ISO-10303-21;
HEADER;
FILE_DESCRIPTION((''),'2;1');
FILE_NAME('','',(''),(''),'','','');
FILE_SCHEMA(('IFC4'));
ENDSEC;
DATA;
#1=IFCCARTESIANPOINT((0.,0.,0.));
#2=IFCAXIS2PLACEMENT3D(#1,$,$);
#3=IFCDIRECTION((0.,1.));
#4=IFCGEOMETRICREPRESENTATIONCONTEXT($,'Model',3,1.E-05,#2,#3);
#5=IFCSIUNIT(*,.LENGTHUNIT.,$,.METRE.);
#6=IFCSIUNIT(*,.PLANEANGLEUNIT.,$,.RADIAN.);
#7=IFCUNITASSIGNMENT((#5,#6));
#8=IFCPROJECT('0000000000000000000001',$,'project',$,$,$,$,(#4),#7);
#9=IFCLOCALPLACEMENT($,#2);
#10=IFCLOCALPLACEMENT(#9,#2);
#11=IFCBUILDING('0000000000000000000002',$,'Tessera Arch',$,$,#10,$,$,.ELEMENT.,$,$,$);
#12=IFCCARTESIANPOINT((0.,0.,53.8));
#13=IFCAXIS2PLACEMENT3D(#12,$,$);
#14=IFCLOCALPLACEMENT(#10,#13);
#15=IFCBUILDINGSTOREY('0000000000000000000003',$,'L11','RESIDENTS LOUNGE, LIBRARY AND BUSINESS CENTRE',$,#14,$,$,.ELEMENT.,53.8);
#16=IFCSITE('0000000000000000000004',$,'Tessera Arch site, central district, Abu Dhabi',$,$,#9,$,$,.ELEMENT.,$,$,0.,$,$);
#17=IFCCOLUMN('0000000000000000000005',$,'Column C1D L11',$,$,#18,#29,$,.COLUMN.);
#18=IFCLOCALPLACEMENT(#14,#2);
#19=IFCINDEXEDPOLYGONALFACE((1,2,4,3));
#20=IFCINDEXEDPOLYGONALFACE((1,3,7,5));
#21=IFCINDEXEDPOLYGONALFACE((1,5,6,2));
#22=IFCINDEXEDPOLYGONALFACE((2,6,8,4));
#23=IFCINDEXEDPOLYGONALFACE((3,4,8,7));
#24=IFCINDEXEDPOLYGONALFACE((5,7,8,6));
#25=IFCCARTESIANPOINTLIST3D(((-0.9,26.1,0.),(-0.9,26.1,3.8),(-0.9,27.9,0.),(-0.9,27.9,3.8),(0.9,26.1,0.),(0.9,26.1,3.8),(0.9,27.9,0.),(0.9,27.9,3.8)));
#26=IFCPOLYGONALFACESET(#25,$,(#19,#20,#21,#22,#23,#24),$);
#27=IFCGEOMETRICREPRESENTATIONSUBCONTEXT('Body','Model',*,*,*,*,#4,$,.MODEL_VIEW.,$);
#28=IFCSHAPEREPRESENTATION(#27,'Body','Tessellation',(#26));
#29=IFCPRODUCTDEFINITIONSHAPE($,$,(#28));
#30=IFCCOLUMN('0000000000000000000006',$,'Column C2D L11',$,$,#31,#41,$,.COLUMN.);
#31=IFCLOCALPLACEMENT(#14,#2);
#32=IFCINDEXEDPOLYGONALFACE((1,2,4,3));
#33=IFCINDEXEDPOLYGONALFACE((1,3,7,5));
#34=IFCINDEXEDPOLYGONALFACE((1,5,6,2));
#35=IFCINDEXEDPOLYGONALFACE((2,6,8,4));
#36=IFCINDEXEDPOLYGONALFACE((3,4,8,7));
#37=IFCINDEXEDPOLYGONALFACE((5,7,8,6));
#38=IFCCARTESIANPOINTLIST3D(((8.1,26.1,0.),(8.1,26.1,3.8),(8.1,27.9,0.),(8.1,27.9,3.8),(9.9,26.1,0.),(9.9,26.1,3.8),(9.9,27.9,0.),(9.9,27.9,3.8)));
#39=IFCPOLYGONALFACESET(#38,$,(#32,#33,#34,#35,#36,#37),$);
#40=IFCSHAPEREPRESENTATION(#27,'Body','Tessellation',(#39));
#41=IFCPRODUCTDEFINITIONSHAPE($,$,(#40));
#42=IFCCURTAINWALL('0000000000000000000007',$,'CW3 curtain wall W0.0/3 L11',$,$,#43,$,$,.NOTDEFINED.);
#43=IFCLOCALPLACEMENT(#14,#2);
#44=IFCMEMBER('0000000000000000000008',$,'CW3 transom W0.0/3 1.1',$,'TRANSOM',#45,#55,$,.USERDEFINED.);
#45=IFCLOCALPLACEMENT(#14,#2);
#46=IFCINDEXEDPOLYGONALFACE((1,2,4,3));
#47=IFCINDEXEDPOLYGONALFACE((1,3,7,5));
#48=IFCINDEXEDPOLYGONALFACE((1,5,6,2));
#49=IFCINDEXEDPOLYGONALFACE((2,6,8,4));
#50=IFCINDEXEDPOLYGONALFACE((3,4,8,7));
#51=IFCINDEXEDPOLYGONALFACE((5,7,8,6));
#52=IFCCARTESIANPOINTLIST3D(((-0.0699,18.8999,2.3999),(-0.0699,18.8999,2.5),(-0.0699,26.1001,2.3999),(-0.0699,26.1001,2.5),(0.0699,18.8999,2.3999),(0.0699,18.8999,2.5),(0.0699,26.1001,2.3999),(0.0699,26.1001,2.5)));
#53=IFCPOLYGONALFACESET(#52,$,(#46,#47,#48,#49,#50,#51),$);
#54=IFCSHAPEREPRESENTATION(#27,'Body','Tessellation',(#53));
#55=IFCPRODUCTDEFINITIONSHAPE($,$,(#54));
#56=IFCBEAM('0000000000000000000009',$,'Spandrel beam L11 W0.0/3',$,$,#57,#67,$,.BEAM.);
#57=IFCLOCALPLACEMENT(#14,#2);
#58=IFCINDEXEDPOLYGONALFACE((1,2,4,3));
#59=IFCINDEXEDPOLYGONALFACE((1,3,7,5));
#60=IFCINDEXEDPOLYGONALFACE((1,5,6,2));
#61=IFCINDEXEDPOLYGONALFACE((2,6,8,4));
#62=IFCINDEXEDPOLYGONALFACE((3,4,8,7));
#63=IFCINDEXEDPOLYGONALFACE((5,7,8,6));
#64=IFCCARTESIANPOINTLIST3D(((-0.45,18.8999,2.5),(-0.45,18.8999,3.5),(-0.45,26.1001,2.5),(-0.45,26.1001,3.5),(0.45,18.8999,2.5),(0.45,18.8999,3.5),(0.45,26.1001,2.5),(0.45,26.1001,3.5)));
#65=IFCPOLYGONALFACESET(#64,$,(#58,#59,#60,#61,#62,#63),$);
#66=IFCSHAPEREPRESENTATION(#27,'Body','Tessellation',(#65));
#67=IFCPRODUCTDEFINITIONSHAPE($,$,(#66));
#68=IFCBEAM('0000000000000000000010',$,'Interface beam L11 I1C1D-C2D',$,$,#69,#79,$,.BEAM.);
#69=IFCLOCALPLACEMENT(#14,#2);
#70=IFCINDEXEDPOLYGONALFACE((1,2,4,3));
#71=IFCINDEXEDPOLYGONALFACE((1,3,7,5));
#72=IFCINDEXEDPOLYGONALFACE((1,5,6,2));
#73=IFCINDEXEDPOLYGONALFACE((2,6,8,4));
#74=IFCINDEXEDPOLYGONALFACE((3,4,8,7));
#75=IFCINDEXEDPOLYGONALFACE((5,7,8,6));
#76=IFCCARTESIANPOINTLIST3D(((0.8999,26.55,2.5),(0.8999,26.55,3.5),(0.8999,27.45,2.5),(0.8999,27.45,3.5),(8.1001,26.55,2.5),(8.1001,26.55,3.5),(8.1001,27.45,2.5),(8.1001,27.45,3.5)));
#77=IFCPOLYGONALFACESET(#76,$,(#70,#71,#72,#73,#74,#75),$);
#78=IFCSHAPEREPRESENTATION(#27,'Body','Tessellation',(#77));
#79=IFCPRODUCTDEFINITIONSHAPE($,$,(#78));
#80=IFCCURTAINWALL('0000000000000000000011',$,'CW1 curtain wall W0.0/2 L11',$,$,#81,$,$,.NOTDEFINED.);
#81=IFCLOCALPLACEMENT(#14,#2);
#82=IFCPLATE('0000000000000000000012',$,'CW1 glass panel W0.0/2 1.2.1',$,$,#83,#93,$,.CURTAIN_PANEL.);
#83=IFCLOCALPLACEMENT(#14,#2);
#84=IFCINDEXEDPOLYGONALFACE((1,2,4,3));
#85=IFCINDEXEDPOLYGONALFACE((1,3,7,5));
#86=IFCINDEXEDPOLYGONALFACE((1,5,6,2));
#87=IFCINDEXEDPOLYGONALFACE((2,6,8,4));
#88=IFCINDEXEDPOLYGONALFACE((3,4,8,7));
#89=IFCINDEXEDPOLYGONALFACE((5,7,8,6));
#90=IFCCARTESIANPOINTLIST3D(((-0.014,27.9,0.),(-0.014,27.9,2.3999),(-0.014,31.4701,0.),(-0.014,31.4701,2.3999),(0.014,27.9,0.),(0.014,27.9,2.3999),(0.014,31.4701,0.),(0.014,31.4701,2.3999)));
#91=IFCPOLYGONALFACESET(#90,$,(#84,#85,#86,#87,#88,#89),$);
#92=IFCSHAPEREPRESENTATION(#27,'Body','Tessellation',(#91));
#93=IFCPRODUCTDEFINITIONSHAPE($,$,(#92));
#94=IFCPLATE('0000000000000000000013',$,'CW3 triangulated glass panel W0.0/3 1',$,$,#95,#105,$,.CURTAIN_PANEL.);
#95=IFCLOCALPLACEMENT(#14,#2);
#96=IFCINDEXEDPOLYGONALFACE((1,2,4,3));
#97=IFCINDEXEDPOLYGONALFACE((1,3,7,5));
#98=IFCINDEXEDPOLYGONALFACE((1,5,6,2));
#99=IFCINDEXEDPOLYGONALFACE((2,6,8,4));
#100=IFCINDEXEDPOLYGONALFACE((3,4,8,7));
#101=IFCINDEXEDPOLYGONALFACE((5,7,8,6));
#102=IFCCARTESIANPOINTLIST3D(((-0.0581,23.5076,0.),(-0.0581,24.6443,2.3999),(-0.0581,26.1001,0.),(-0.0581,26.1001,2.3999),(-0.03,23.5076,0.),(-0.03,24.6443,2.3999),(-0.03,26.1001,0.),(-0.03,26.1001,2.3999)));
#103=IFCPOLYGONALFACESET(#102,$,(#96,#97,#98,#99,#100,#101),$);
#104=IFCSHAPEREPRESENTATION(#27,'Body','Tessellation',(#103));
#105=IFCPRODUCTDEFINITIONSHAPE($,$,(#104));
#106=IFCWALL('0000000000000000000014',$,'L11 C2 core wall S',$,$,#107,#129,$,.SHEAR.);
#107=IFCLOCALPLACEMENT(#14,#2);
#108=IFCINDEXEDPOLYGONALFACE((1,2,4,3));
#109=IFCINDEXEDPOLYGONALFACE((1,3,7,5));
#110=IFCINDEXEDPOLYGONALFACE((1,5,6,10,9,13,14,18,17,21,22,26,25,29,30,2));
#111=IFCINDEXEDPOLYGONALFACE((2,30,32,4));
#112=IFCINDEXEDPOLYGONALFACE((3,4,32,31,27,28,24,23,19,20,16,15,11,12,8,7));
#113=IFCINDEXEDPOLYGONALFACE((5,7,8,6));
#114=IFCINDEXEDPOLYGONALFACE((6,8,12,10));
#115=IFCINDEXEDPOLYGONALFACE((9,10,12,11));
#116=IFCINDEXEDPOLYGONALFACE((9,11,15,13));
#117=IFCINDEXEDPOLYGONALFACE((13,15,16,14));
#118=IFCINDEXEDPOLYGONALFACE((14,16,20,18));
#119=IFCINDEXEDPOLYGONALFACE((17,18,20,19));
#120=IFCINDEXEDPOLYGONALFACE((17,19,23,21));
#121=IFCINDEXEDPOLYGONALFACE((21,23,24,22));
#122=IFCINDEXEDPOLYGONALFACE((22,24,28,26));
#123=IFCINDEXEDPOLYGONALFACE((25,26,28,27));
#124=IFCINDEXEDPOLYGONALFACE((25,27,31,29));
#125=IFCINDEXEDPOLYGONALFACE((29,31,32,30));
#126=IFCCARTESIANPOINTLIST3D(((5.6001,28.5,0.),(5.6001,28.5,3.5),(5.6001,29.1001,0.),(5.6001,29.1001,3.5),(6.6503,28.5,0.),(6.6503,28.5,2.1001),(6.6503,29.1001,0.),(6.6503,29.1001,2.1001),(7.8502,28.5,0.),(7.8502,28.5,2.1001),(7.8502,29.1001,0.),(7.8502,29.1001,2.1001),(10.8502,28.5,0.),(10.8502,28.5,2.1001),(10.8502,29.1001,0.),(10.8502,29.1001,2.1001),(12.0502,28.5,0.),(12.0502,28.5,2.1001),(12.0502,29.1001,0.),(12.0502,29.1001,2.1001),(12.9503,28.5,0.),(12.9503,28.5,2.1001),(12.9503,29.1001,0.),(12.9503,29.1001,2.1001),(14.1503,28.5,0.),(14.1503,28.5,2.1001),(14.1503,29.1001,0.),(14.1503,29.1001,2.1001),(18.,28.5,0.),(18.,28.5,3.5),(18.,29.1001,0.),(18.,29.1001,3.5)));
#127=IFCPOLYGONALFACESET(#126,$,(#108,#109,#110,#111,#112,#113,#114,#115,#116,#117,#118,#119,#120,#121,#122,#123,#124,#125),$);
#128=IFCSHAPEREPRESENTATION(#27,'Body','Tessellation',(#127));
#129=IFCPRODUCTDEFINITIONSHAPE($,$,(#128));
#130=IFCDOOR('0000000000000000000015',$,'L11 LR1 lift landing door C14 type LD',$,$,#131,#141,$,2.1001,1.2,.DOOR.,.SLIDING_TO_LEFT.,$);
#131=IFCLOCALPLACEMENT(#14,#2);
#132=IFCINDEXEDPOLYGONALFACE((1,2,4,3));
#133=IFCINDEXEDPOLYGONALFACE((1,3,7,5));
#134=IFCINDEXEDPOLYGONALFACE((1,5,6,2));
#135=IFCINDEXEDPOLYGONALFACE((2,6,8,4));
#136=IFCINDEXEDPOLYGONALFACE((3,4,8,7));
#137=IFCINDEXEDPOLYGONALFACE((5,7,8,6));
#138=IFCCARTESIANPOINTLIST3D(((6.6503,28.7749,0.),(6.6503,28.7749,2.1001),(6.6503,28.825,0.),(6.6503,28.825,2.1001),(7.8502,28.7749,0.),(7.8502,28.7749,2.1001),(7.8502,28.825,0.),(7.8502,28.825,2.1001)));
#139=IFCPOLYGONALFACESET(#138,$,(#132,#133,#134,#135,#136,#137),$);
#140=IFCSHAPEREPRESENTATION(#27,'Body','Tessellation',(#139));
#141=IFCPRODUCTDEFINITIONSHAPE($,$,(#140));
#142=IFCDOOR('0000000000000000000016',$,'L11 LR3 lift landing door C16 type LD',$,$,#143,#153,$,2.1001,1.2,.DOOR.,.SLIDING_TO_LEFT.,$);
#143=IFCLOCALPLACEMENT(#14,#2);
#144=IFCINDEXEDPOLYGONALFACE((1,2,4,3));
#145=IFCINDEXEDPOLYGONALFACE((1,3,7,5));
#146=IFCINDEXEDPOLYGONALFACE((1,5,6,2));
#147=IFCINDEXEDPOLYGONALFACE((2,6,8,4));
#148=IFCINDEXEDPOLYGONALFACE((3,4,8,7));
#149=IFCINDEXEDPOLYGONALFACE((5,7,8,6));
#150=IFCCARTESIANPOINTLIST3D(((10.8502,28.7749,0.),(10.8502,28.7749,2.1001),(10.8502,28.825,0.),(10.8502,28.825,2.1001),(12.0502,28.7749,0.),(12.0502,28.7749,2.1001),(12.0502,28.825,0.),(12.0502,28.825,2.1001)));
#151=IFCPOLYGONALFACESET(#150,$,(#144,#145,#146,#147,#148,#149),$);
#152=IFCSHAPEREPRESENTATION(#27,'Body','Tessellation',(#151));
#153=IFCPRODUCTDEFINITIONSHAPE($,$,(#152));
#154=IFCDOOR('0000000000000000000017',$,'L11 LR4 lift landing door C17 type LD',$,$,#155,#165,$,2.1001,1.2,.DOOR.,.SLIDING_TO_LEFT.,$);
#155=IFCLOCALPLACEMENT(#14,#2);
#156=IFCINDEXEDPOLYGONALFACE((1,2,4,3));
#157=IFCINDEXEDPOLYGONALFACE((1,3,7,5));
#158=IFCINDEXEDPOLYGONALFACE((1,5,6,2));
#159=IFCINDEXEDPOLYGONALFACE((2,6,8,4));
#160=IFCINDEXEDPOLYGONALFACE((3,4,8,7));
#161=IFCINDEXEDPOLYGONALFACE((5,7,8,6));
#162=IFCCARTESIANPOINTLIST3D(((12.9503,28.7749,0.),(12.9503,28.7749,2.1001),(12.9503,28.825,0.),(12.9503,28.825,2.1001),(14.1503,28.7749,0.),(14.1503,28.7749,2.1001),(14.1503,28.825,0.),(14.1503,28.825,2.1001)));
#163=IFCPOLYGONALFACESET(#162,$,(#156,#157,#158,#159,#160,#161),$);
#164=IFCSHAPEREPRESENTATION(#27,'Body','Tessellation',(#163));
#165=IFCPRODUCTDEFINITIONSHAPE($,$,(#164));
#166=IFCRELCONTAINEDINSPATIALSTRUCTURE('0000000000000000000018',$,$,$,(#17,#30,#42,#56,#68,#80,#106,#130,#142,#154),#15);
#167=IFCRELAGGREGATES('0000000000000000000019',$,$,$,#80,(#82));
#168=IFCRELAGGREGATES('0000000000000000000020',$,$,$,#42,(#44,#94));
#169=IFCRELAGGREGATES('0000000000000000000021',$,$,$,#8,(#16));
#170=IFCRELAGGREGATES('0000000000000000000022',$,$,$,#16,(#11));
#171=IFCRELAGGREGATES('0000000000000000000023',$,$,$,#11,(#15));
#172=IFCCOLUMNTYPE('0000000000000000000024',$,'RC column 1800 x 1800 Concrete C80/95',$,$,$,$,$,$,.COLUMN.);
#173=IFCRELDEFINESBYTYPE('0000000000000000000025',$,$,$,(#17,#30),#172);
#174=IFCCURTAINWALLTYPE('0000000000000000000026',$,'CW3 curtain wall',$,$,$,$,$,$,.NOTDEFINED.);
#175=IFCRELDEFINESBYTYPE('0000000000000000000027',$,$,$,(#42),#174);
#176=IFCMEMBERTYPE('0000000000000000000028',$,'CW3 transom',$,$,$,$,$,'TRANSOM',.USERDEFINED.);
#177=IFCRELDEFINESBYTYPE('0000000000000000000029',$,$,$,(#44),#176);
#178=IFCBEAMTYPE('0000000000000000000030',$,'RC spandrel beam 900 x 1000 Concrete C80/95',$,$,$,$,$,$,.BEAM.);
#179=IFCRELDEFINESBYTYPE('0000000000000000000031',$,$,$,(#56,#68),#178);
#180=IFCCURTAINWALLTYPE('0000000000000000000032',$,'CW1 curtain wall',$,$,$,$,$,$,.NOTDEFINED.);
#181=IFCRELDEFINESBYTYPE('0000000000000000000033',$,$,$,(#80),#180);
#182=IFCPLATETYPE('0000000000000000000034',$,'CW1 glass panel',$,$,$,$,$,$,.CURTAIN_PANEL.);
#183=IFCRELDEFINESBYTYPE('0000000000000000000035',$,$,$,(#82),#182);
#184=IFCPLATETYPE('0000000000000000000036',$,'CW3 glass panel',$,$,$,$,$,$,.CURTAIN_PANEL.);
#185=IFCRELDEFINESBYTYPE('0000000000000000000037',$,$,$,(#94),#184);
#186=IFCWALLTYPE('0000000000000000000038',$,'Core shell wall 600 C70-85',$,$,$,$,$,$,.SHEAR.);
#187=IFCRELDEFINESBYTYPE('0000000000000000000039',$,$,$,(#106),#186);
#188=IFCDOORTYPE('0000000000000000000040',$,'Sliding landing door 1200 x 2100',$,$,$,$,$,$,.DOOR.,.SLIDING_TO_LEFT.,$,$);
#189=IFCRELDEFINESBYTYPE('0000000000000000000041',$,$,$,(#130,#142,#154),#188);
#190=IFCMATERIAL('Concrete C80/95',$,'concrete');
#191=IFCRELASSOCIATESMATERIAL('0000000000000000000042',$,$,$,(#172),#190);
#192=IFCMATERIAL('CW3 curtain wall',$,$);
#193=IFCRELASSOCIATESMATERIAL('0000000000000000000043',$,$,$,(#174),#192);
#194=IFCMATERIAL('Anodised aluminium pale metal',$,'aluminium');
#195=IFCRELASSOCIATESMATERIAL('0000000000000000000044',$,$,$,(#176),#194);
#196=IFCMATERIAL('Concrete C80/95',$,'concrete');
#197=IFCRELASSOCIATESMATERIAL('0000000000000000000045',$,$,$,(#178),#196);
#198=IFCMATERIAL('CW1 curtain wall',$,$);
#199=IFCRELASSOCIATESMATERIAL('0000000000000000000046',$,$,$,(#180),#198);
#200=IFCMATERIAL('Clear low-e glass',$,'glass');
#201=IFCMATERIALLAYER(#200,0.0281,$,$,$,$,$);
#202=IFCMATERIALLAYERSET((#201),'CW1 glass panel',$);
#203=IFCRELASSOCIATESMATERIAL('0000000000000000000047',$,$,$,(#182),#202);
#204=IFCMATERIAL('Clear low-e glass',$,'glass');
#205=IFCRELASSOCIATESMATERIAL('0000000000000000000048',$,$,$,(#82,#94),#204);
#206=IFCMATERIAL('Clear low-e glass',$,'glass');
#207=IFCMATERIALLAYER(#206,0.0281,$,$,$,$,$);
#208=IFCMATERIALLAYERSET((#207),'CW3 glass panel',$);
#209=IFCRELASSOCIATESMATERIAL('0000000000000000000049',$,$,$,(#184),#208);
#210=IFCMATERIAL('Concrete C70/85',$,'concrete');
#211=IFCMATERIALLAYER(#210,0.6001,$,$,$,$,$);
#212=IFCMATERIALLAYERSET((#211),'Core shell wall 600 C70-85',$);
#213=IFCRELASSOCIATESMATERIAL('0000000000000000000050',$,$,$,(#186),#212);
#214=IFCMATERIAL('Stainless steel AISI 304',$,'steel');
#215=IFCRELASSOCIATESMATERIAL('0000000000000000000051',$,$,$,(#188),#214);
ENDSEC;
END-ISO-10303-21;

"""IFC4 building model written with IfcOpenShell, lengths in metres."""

from ifc_helpers import new_model, si_unit, direction, frame, frame_2d, origin, origin_2d, place, context, subcontext, project, spatial, polyline, rectangle, outline, extrude, material, layer, layer_set, material_profile, profile_set, type_object, element, fill, aggregate, save


model = new_model("IFC4")

# Units and contexts
model_context = context("Model", 3, precision=1e-05, world=origin(), true_north=direction((0.0, 1.0)))
body_context = subcontext(model_context, "Body", "Model", "MODEL_VIEW")
ifc_project = project(units=[si_unit("LENGTHUNIT", "METRE"), si_unit("PLANEANGLEUNIT", "RADIAN")], contexts=[model_context])

# Site, building, storey
site_placement = place(None, origin())
site = spatial("IfcSite", under=ifc_project, at=site_placement, Name="Tessera Arch site, central district, Abu Dhabi", CompositionType="ELEMENT", RefElevation=0.0)
building_placement = place(site_placement, origin())
building = spatial("IfcBuilding", under=site, at=building_placement, Name="Tessera Arch", CompositionType="ELEMENT")
storey_placement = place(building_placement, frame((0.0, 0.0, 53.8)))
storey = spatial("IfcBuildingStorey", under=building, at=storey_placement, Name="L11", Description="RESIDENTS LOUNGE, LIBRARY AND BUSINESS CENTRE", CompositionType="ELEMENT", Elevation=53.8)

# Columns
ifc_material_1 = material(Name="Concrete C80/95", Category="concrete")
ifc_material_profile_1 = material_profile(ifc_material_1, rectangle(XDim=1.8, YDim=1.8, at=origin_2d()), Name="RC column 1800 x 1800 Concrete C80/95")
ifc_profile_set_1 = profile_set([ifc_material_profile_1], Name="Concrete C80/95")
column_type = type_object("IfcColumnType", Name="RC column 1800 x 1800 Concrete C80/95", PredefinedType="COLUMN", material=ifc_profile_set_1)
for number, where, z_axis, x_axis, name in (
    (1, (0.0, 27.0, 0.0), (0.0, 0.0, 1.0), (1.0, 0.0, 0.0), "Column C1D L11"),
    (2, (9.0, 27.0, 0.0), (0.0, 0.0, 1.0), (1.0, 0.0, 0.0), "Column C2D L11"),
):
    element("IfcColumn", number, at=place(storey_placement, frame(where, z_axis=z_axis, x_axis=x_axis)), inside=storey, type_object=column_type, Name=name, PredefinedType="COLUMN", context=body_context, shape_type="SweptSolid", body=[
        extrude(rectangle(XDim=1.8, YDim=1.8, at=origin_2d()), origin(), (0.0, 0.0, 1.0), 3.8),
    ])

# Curtain wall, member
ifc_material_2 = material(Name="CW3 curtain wall")
curtain_wall_type_1 = type_object("IfcCurtainWallType", Name="CW3 curtain wall", PredefinedType="NOTDEFINED", material=ifc_material_2)
curtain_wall_1_placement = place(storey_placement, origin())
curtain_wall_1 = element("IfcCurtainWall", 3, at=curtain_wall_1_placement, inside=storey, type_object=curtain_wall_type_1, Name="CW3 curtain wall W0.0/3 L11", PredefinedType="NOTDEFINED")
ifc_material_3 = material(Name="Anodised aluminium pale metal", Category="aluminium")
ifc_material_profile_2 = material_profile(ifc_material_3, rectangle(XDim=0.1399, YDim=0.1001, at=origin_2d()), Name="AL 140x100")
ifc_profile_set_2 = profile_set([ifc_material_profile_2], Name="Anodised aluminium pale metal")
member_type = type_object("IfcMemberType", Name="CW3 transom", ElementType="TRANSOM", PredefinedType="USERDEFINED", material=ifc_profile_set_2)
member_placement = place(storey_placement, frame((0.0, 26.1001, 2.45), z_axis=(0.0, -1.0, 0.0), x_axis=(1.0, 0.0, 0.0)))
member = element("IfcMember", 4, at=member_placement, type_object=member_type, Name="CW3 transom W0.0/3 1.1", ObjectType="TRANSOM", PredefinedType="USERDEFINED", context=body_context, shape_type="SweptSolid", body=[
    extrude(rectangle(XDim=0.1399, YDim=0.1001, at=origin_2d()), origin(), (0.0, 0.0, 1.0), 7.2002),
])

# Beams
ifc_material_4 = material(Name="Concrete C80/95", Category="concrete")
ifc_material_profile_3 = material_profile(ifc_material_4, rectangle(XDim=0.8999, YDim=1.0, at=origin_2d()), Name="RC spandrel beam 900 x 1000 Concrete C80/95")
ifc_profile_set_3 = profile_set([ifc_material_profile_3], Name="Concrete C80/95")
beam_type = type_object("IfcBeamType", Name="RC spandrel beam 900 x 1000 Concrete C80/95", PredefinedType="BEAM", material=ifc_profile_set_3)
for number, where, z_axis, x_axis, name in (
    (5, (0.0, 26.1001, 3.0), (0.0, -1.0, 0.0), (1.0, 0.0, 0.0), "Spandrel beam L11 W0.0/3"),
    (6, (0.8999, 27.0, 3.0), (1.0, 0.0, 0.0), (0.0, 1.0, 0.0), "Interface beam L11 I1C1D-C2D"),
):
    element("IfcBeam", number, at=place(storey_placement, frame(where, z_axis=z_axis, x_axis=x_axis)), inside=storey, type_object=beam_type, Name=name, PredefinedType="BEAM", context=body_context, shape_type="SweptSolid", body=[
        extrude(rectangle(XDim=0.8999, YDim=1.0, at=origin_2d()), origin(), (0.0, 0.0, 1.0), 7.2002),
    ])

# Curtain wall, plate
ifc_material_5 = material(Name="CW1 curtain wall")
curtain_wall_type_2 = type_object("IfcCurtainWallType", Name="CW1 curtain wall", PredefinedType="NOTDEFINED", material=ifc_material_5)
curtain_wall_2_placement = place(storey_placement, origin())
curtain_wall_2 = element("IfcCurtainWall", 7, at=curtain_wall_2_placement, inside=storey, type_object=curtain_wall_type_2, Name="CW1 curtain wall W0.0/2 L11", PredefinedType="NOTDEFINED")
ifc_material_6 = material(Name="Clear low-e glass", Category="glass")
ifc_material_7 = material(Name="Clear low-e glass", Category="glass")
ifc_layer_1 = layer(ifc_material_7, 0.0281)
ifc_layer_set_1 = layer_set([ifc_layer_1], Name="CW1 glass panel")
plate_type_1 = type_object("IfcPlateType", Name="CW1 glass panel", PredefinedType="CURTAIN_PANEL", material=ifc_layer_set_1)
plate_1_placement = place(storey_placement, frame((0.0, 29.6851, 0.0), z_axis=(0.0, 0.0, 1.0), x_axis=(0.0, -1.0, 0.0)))
plate_1 = element("IfcPlate", 8, at=plate_1_placement, type_object=plate_type_1, material=ifc_material_6, Name="CW1 glass panel W0.0/2 1.2.1", PredefinedType="CURTAIN_PANEL", context=body_context, shape_type="SweptSolid", body=[
    extrude(rectangle(XDim=3.5701, YDim=0.0281, at=origin_2d()), origin(), (0.0, 0.0, 1.0), 2.3999),
])
aggregate(curtain_wall_2, [plate_1])

# Plate
ifc_material_8 = material(Name="Clear low-e glass", Category="glass")
ifc_layer_2 = layer(ifc_material_8, 0.0281)
ifc_layer_set_2 = layer_set([ifc_layer_2], Name="CW3 glass panel")
plate_type_2 = type_object("IfcPlateType", Name="CW3 glass panel", PredefinedType="CURTAIN_PANEL", material=ifc_layer_set_2)
plate_2_placement = place(storey_placement, frame((-0.0581, 26.1001, 0.0), z_axis=(-1.0, 0.0, 0.0), x_axis=(0.0, -1.0, 0.0)))
plate_2 = element("IfcPlate", 9, at=plate_2_placement, type_object=plate_type_2, material=ifc_material_6, Name="CW3 triangulated glass panel W0.0/3 1", PredefinedType="CURTAIN_PANEL", context=body_context, shape_type="SweptSolid", body=[
    extrude(outline(polyline([(0.0, 0.0), (2.5925, 0.0), (1.4558, 2.3999), (0.0, 2.3999), (0.0, 0.0)])), origin(), (0.0, 0.0, -1.0), 0.0281),
])
aggregate(curtain_wall_1, [member, plate_2])

# Wall, openings, doors
ifc_material_9 = material(Name="Concrete C70/85", Category="concrete")
ifc_layer_3 = layer(ifc_material_9, 0.6001)
ifc_layer_set_3 = layer_set([ifc_layer_3], Name="Core shell wall 600 C70-85")
wall_type_1 = type_object("IfcWallType", Name="Core shell wall 600 C70-85", PredefinedType="SHEAR", material=ifc_layer_set_3)
wall_1_placement = place(storey_placement, frame((5.6001, 28.8, 0.0), z_axis=(0.0, 0.0, 1.0), x_axis=(1.0, 0.0, 0.0)))
wall_1 = element("IfcWall", 10, at=wall_1_placement, inside=storey, type_object=wall_type_1, Name="L11 C2 core wall S", PredefinedType="SHEAR", context=body_context, shape_type="SweptSolid", body=[
    extrude(rectangle(XDim=12.3999, YDim=0.6001, at=frame_2d((6.2, 0.0))), origin(), (0.0, 0.0, 1.0), 3.5),
])
opening_1_placement = place(wall_1_placement, frame((1.05, 0.0, 0.0)))
opening_1 = element("IfcOpeningElement", 11, at=opening_1_placement, cuts=wall_1, PredefinedType="OPENING", context=body_context, shape_type="SweptSolid", body=[
    extrude(rectangle(XDim=1.2, YDim=2.1001, at=frame_2d((0.6001, 1.05))), frame((0.0, 0.3101, 0.0), z_axis=(0.0, -1.0, 0.0), x_axis=(1.0, 0.0, 0.0)), (0.0, 0.0, 1.0), 0.6201),
])
opening_2_placement = place(wall_1_placement, frame((5.25, 0.0, 0.0)))
opening_2 = element("IfcOpeningElement", 12, at=opening_2_placement, cuts=wall_1, PredefinedType="OPENING", context=body_context, shape_type="SweptSolid", body=[
    extrude(rectangle(XDim=1.2, YDim=2.1001, at=frame_2d((0.6001, 1.05))), frame((0.0, 0.3101, 0.0), z_axis=(0.0, -1.0, 0.0), x_axis=(1.0, 0.0, 0.0)), (0.0, 0.0, 1.0), 0.6201),
])
opening_3_placement = place(wall_1_placement, frame((7.3501, 0.0, 0.0)))
opening_3 = element("IfcOpeningElement", 13, at=opening_3_placement, cuts=wall_1, PredefinedType="OPENING", context=body_context, shape_type="SweptSolid", body=[
    extrude(rectangle(XDim=1.2, YDim=2.1001, at=frame_2d((0.6001, 1.05))), frame((0.0, 0.3101, 0.0), z_axis=(0.0, -1.0, 0.0), x_axis=(1.0, 0.0, 0.0)), (0.0, 0.0, 1.0), 0.6201),
])
ifc_material_10 = material(Name="Stainless steel AISI 304", Category="steel")
door_type_1 = type_object("IfcDoorType", Name="Sliding landing door 1200 x 2100", OperationType="SLIDING_TO_LEFT", PredefinedType="DOOR", material=ifc_material_10)
door_1_placement = place(opening_1_placement, origin())
door_1 = element("IfcDoor", 14, at=door_1_placement, inside=storey, type_object=door_type_1, Name="L11 LR1 lift landing door C14 type LD", OperationType="SLIDING_TO_LEFT", OverallHeight=2.1001, OverallWidth=1.2, PredefinedType="DOOR", context=body_context, shape_type="SweptSolid", body=[
    extrude(rectangle(XDim=1.2, YDim=2.1001, at=frame_2d((0.6001, 1.05))), frame((0.0, 0.0249, 0.0), z_axis=(0.0, -1.0, 0.0), x_axis=(1.0, 0.0, 0.0)), (0.0, 0.0, 1.0), 0.05),
])
fill(opening_1, door_1)
door_2_placement = place(opening_2_placement, origin())
door_2 = element("IfcDoor", 15, at=door_2_placement, inside=storey, type_object=door_type_1, Name="L11 LR3 lift landing door C16 type LD", OperationType="SLIDING_TO_LEFT", OverallHeight=2.1001, OverallWidth=1.2, PredefinedType="DOOR", context=body_context, shape_type="SweptSolid", body=[
    extrude(rectangle(XDim=1.2, YDim=2.1001, at=frame_2d((0.6001, 1.05))), frame((0.0, 0.0249, 0.0), z_axis=(0.0, -1.0, 0.0), x_axis=(1.0, 0.0, 0.0)), (0.0, 0.0, 1.0), 0.05),
])
fill(opening_2, door_2)
door_3_placement = place(opening_3_placement, origin())
door_3 = element("IfcDoor", 16, at=door_3_placement, inside=storey, type_object=door_type_1, Name="L11 LR4 lift landing door C17 type LD", OperationType="SLIDING_TO_LEFT", OverallHeight=2.1001, OverallWidth=1.2, PredefinedType="DOOR", context=body_context, shape_type="SweptSolid", body=[
    extrude(rectangle(XDim=1.2, YDim=2.1001, at=frame_2d((0.6001, 1.05))), frame((0.0, 0.0249, 0.0), z_axis=(0.0, -1.0, 0.0), x_axis=(1.0, 0.0, 0.0)), (0.0, 0.0, 1.0), 0.05),
])
fill(opening_3, door_3)

save(model, "model.ifc")
